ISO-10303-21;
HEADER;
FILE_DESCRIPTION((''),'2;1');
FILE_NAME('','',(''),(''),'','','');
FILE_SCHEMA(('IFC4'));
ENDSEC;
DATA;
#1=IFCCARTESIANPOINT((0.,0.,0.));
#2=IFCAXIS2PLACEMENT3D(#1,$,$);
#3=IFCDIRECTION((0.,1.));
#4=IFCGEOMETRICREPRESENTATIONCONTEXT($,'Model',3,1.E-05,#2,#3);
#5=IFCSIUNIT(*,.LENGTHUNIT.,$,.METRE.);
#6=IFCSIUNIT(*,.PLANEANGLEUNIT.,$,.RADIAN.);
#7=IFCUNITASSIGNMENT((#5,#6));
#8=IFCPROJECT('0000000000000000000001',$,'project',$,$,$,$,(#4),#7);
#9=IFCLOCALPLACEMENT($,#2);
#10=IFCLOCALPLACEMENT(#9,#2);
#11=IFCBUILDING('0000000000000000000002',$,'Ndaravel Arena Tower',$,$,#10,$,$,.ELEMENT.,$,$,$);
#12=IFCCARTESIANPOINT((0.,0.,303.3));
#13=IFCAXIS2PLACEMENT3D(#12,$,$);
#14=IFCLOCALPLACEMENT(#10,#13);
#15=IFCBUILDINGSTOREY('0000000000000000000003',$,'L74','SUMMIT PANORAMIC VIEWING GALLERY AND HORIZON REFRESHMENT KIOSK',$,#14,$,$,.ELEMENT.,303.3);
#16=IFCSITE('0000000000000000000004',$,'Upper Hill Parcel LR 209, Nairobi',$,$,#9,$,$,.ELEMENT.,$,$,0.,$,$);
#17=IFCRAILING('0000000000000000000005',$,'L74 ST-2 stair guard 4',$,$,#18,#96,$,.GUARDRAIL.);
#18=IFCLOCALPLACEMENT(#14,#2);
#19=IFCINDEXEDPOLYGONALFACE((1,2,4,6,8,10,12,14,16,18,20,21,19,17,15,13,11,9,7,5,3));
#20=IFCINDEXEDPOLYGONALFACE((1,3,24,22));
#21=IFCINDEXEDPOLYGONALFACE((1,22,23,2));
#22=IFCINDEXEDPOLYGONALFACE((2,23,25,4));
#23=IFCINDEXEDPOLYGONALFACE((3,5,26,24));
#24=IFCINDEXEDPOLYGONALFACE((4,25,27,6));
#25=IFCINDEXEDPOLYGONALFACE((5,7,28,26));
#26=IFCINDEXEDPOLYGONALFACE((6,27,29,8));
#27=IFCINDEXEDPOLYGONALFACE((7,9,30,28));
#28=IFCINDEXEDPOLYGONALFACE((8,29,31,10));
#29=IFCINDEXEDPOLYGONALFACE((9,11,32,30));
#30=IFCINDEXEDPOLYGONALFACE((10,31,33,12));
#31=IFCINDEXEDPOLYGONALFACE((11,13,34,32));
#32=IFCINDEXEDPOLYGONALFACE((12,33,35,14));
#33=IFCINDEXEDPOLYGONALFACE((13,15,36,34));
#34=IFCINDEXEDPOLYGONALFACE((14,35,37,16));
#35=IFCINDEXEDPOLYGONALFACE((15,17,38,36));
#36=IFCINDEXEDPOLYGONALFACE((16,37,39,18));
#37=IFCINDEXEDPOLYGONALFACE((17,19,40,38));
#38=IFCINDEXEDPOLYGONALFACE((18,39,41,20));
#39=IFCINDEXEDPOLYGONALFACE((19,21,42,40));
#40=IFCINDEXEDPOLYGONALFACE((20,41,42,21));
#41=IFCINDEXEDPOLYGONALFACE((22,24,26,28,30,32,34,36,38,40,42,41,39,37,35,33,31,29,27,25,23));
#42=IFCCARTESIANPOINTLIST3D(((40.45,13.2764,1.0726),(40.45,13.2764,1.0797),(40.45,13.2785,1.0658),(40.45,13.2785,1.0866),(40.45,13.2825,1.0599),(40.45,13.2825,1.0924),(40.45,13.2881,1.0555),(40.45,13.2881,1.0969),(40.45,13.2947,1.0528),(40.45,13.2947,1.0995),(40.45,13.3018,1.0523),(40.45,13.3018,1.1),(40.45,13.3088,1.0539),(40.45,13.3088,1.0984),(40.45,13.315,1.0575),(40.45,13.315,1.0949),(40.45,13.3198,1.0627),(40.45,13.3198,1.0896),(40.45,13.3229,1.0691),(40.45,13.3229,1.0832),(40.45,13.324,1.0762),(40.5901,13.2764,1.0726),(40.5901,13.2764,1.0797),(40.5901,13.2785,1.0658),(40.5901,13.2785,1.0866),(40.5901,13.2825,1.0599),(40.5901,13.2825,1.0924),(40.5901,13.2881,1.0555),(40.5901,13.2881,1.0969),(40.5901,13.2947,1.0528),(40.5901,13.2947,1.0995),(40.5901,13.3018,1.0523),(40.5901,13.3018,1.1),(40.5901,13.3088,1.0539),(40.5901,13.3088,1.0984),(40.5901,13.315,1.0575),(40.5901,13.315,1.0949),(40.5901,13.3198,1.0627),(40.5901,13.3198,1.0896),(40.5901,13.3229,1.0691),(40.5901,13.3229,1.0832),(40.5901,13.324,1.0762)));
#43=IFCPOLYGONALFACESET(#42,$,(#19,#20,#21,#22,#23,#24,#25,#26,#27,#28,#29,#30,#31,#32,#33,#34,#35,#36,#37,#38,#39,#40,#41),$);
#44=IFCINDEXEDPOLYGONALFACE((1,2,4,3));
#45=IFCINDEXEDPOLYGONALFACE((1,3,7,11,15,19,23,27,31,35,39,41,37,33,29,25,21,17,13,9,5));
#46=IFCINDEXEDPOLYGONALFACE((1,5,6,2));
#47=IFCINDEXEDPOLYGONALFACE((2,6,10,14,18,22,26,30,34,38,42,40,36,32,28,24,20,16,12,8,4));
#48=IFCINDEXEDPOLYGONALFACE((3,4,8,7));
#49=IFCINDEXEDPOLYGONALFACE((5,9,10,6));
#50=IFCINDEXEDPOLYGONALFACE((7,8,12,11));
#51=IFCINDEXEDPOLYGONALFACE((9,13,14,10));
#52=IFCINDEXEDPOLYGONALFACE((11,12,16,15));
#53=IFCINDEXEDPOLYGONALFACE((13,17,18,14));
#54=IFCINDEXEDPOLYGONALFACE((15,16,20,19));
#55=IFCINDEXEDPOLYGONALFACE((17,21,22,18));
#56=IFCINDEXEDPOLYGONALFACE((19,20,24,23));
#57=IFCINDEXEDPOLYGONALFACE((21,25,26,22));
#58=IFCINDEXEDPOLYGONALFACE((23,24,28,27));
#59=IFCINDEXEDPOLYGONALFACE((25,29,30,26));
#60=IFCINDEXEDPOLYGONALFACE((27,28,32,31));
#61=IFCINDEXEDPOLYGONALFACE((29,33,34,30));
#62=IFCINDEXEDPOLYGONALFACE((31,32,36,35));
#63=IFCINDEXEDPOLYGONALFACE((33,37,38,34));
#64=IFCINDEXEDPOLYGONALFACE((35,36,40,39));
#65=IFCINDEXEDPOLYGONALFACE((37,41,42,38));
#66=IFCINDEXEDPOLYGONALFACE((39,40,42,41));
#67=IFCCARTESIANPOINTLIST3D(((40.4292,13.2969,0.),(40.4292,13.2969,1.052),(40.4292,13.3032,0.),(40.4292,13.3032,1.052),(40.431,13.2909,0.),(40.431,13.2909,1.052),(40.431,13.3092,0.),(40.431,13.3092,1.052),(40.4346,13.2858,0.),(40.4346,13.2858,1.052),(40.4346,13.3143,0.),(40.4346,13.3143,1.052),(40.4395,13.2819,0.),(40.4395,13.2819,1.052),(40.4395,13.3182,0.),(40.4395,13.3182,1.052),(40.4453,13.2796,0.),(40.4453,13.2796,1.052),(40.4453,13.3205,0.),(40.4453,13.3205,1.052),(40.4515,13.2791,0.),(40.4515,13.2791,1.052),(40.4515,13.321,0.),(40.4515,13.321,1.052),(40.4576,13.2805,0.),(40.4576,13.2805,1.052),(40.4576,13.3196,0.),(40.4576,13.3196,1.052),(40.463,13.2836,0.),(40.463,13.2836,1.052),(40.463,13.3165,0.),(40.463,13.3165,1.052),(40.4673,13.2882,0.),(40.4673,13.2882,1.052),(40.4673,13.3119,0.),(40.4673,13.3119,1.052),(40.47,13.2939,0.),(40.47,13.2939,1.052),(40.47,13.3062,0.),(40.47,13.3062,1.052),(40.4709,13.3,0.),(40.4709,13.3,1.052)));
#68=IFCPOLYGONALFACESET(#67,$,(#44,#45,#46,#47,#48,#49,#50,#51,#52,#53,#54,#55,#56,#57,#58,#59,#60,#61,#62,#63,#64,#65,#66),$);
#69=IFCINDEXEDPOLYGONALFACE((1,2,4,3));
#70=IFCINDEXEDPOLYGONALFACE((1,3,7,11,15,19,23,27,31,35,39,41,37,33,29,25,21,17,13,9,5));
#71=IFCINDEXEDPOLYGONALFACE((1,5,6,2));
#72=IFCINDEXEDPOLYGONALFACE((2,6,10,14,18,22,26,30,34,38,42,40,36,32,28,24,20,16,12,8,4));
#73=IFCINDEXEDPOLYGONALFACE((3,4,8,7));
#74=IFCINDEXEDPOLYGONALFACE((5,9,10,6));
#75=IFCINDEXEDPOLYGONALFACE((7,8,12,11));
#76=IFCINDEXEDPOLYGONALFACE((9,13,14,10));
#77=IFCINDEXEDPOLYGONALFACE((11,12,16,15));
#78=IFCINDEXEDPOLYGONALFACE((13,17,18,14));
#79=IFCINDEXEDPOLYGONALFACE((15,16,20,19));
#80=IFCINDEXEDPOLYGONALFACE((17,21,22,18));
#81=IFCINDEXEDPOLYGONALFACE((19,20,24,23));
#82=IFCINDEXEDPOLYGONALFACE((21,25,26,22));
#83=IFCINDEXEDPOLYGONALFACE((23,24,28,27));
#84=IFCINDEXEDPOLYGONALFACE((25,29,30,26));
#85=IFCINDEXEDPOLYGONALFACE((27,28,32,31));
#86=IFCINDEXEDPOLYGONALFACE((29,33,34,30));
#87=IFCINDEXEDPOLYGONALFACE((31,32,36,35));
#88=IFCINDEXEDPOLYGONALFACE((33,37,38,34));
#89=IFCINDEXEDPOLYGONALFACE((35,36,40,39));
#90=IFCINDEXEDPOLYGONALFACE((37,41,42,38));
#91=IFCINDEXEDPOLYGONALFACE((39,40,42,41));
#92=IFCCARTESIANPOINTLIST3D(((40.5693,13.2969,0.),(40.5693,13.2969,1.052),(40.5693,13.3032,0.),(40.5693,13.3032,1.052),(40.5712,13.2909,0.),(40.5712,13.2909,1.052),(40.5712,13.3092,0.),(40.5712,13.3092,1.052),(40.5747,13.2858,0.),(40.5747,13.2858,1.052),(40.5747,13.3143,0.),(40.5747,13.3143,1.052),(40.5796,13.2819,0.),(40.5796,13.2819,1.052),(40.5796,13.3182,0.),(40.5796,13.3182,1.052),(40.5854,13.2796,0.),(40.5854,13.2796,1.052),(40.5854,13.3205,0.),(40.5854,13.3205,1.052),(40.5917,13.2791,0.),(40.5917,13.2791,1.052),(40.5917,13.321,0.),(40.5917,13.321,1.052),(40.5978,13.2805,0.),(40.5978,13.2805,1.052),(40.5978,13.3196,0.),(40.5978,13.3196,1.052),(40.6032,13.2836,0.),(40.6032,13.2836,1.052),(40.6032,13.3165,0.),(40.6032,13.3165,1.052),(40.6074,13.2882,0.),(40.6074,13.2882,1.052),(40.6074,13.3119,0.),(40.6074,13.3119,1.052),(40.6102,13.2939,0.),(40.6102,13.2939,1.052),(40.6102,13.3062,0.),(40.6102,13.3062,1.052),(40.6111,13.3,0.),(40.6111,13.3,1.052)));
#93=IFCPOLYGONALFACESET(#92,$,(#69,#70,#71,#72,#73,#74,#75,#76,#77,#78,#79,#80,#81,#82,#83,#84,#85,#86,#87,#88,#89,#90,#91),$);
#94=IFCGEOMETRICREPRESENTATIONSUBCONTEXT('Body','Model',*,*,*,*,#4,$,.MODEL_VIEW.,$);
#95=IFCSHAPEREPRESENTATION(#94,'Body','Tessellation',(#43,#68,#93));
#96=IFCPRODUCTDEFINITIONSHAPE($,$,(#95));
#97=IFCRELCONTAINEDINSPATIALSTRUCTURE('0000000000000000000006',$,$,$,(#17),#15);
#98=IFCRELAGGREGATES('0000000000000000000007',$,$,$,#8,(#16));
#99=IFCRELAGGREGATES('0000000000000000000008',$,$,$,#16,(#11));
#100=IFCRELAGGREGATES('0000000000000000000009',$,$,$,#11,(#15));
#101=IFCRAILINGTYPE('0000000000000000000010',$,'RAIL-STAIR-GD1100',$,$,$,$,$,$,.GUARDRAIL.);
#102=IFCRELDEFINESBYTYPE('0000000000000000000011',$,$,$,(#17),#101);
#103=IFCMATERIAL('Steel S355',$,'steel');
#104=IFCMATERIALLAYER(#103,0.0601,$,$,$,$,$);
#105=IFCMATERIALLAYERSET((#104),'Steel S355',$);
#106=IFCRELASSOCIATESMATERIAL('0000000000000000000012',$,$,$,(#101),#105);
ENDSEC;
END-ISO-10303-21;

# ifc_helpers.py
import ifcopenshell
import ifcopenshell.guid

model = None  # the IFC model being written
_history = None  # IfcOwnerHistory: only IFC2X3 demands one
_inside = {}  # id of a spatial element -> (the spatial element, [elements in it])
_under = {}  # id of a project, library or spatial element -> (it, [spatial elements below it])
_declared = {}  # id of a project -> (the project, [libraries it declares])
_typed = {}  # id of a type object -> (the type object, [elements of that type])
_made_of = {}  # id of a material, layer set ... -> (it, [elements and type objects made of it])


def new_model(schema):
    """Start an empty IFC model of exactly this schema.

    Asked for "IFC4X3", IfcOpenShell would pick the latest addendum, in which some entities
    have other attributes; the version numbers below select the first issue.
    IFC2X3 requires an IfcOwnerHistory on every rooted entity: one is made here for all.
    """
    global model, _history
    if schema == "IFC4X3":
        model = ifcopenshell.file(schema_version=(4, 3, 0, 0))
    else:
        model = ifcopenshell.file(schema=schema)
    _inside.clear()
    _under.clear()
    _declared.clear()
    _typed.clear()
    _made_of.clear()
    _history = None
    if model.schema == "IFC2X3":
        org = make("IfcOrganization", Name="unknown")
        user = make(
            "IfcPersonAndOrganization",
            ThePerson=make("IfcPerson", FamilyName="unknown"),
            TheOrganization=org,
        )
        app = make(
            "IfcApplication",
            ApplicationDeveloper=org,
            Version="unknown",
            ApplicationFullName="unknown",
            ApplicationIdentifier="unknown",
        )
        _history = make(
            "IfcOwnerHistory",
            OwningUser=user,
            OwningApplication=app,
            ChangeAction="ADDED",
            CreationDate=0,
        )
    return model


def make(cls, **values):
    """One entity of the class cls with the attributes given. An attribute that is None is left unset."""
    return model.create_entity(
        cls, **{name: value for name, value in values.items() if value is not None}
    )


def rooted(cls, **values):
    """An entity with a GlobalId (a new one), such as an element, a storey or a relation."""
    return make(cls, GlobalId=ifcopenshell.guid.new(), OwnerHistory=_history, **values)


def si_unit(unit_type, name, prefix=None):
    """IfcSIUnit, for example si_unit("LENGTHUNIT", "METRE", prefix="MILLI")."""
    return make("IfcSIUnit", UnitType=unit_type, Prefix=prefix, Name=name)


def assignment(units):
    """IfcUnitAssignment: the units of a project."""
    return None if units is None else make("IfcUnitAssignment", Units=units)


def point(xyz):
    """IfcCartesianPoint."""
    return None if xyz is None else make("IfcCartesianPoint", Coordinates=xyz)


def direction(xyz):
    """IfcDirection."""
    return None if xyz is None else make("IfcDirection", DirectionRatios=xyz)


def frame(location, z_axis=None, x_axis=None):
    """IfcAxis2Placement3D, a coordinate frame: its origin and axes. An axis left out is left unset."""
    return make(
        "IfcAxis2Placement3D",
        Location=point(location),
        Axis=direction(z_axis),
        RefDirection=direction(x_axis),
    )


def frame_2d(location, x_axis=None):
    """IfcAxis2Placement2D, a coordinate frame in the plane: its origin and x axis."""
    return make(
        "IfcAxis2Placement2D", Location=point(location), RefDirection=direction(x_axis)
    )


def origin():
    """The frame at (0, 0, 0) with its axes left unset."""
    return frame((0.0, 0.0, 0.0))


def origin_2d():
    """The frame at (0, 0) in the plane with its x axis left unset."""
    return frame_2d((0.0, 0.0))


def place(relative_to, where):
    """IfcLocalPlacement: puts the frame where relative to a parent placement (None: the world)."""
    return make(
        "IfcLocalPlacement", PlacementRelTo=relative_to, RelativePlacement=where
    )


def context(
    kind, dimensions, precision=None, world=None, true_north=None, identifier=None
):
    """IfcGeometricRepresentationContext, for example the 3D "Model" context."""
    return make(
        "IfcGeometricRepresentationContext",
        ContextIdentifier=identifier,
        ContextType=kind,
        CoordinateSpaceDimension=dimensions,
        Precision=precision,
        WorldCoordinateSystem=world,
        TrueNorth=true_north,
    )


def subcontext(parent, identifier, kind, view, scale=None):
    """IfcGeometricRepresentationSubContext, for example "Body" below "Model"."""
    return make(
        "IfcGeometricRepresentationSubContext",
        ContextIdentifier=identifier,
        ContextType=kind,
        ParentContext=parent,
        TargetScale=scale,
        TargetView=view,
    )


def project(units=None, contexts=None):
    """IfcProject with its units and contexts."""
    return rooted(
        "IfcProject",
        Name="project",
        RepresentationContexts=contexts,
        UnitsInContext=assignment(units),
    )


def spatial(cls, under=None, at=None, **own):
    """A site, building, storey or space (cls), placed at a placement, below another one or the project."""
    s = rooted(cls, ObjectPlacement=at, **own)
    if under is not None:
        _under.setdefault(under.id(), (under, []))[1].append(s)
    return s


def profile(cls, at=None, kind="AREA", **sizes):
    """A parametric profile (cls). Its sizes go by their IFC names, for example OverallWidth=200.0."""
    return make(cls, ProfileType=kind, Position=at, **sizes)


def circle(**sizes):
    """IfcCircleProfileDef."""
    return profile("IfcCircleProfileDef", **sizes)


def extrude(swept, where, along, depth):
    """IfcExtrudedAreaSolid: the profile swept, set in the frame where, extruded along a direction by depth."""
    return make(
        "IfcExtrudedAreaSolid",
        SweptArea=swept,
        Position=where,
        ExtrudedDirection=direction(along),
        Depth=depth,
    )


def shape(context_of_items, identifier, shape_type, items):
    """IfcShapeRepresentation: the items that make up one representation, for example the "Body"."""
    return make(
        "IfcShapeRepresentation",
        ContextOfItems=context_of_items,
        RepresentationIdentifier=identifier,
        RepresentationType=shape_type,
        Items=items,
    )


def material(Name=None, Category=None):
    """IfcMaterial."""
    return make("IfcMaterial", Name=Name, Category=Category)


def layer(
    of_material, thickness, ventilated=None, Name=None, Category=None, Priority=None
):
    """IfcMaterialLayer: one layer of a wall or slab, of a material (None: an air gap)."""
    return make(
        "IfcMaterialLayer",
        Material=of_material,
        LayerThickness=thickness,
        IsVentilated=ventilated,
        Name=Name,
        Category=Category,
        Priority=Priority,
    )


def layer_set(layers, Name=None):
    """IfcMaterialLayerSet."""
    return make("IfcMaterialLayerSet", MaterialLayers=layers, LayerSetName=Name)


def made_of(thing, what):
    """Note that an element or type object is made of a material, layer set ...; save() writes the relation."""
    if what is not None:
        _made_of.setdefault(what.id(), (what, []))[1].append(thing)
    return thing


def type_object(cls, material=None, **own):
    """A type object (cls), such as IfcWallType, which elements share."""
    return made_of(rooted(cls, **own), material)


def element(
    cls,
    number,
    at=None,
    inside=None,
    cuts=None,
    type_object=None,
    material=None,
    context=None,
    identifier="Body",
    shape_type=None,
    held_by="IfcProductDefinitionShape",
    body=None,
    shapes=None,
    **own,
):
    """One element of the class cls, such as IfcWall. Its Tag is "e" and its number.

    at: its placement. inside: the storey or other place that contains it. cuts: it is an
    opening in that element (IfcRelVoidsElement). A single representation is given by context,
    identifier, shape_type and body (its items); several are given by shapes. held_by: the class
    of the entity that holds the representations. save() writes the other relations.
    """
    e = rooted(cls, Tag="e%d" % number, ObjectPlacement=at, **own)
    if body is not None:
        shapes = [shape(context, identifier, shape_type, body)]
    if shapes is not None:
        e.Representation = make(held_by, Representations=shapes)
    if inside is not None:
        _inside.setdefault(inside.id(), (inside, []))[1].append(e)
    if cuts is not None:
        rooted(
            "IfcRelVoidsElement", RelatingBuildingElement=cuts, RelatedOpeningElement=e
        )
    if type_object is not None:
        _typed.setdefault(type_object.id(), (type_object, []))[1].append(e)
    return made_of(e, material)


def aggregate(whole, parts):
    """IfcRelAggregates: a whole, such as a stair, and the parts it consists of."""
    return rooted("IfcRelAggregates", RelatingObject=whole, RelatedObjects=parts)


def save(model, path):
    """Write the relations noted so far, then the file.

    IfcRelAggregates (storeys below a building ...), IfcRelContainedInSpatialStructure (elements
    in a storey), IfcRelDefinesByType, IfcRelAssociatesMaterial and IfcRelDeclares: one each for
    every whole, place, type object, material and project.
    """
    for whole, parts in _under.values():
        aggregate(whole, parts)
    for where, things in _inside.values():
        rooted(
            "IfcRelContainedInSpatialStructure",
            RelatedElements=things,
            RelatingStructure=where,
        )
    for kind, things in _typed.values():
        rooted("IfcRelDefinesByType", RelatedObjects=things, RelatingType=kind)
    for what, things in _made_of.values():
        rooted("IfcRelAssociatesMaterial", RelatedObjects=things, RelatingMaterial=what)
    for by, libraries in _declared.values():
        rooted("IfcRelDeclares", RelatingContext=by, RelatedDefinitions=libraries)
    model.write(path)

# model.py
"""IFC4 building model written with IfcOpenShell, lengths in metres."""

from ifc_helpers import new_model, si_unit, direction, frame, origin, origin_2d, place, context, subcontext, project, spatial, circle, extrude, material, layer, layer_set, type_object, element, save


model = new_model("IFC4")

# Units and contexts
model_context = context("Model", 3, precision=1e-05, world=origin(), true_north=direction((0.0, 1.0)))
body_context = subcontext(model_context, "Body", "Model", "MODEL_VIEW")
ifc_project = project(units=[si_unit("LENGTHUNIT", "METRE"), si_unit("PLANEANGLEUNIT", "RADIAN")], contexts=[model_context])

# Site, building, storey
site_placement = place(None, origin())
site = spatial("IfcSite", under=ifc_project, at=site_placement, Name="Upper Hill Parcel LR 209, Nairobi", CompositionType="ELEMENT", RefElevation=0.0)
building_placement = place(site_placement, origin())
building = spatial("IfcBuilding", under=site, at=building_placement, Name="Ndaravel Arena Tower", CompositionType="ELEMENT")
storey_placement = place(building_placement, frame((0.0, 0.0, 303.3)))
storey = spatial("IfcBuildingStorey", under=building, at=storey_placement, Name="L74", Description="SUMMIT PANORAMIC VIEWING GALLERY AND HORIZON REFRESHMENT KIOSK", CompositionType="ELEMENT", Elevation=303.3)

# Railing
ifc_material_1 = material(Name="Steel S355", Category="steel")
ifc_layer_1 = layer(ifc_material_1, 0.0601)
ifc_layer_set_1 = layer_set([ifc_layer_1], Name="Steel S355")
railing_type_1 = type_object("IfcRailingType", Name="RAIL-STAIR-GD1100", PredefinedType="GUARDRAIL", material=ifc_layer_set_1)
railing_1_placement = place(storey_placement, frame((40.45, 13.3, 0.0)))
element("IfcRailing", 1, at=railing_1_placement, inside=storey, type_object=railing_type_1, Name="L74 ST-2 stair guard 4", PredefinedType="GUARDRAIL", context=body_context, shape_type="SweptSolid", body=[
    extrude(circle(Radius=0.0239, at=origin_2d()), frame((0.0, 0.0, 1.0762), z_axis=(1.0, 0.0, 0.0), x_axis=(0.0, 1.0, 0.0)), (0.0, 0.0, 1.0), 0.1401),
    extrude(circle(Radius=0.021, at=origin_2d()), origin(), (0.0, 0.0, 1.0), 1.052),
    extrude(circle(Radius=0.021, at=origin_2d()), frame((0.1401, 0.0, 0.0)), (0.0, 0.0, 1.0), 1.052),
])

save(model, "model.ifc")
